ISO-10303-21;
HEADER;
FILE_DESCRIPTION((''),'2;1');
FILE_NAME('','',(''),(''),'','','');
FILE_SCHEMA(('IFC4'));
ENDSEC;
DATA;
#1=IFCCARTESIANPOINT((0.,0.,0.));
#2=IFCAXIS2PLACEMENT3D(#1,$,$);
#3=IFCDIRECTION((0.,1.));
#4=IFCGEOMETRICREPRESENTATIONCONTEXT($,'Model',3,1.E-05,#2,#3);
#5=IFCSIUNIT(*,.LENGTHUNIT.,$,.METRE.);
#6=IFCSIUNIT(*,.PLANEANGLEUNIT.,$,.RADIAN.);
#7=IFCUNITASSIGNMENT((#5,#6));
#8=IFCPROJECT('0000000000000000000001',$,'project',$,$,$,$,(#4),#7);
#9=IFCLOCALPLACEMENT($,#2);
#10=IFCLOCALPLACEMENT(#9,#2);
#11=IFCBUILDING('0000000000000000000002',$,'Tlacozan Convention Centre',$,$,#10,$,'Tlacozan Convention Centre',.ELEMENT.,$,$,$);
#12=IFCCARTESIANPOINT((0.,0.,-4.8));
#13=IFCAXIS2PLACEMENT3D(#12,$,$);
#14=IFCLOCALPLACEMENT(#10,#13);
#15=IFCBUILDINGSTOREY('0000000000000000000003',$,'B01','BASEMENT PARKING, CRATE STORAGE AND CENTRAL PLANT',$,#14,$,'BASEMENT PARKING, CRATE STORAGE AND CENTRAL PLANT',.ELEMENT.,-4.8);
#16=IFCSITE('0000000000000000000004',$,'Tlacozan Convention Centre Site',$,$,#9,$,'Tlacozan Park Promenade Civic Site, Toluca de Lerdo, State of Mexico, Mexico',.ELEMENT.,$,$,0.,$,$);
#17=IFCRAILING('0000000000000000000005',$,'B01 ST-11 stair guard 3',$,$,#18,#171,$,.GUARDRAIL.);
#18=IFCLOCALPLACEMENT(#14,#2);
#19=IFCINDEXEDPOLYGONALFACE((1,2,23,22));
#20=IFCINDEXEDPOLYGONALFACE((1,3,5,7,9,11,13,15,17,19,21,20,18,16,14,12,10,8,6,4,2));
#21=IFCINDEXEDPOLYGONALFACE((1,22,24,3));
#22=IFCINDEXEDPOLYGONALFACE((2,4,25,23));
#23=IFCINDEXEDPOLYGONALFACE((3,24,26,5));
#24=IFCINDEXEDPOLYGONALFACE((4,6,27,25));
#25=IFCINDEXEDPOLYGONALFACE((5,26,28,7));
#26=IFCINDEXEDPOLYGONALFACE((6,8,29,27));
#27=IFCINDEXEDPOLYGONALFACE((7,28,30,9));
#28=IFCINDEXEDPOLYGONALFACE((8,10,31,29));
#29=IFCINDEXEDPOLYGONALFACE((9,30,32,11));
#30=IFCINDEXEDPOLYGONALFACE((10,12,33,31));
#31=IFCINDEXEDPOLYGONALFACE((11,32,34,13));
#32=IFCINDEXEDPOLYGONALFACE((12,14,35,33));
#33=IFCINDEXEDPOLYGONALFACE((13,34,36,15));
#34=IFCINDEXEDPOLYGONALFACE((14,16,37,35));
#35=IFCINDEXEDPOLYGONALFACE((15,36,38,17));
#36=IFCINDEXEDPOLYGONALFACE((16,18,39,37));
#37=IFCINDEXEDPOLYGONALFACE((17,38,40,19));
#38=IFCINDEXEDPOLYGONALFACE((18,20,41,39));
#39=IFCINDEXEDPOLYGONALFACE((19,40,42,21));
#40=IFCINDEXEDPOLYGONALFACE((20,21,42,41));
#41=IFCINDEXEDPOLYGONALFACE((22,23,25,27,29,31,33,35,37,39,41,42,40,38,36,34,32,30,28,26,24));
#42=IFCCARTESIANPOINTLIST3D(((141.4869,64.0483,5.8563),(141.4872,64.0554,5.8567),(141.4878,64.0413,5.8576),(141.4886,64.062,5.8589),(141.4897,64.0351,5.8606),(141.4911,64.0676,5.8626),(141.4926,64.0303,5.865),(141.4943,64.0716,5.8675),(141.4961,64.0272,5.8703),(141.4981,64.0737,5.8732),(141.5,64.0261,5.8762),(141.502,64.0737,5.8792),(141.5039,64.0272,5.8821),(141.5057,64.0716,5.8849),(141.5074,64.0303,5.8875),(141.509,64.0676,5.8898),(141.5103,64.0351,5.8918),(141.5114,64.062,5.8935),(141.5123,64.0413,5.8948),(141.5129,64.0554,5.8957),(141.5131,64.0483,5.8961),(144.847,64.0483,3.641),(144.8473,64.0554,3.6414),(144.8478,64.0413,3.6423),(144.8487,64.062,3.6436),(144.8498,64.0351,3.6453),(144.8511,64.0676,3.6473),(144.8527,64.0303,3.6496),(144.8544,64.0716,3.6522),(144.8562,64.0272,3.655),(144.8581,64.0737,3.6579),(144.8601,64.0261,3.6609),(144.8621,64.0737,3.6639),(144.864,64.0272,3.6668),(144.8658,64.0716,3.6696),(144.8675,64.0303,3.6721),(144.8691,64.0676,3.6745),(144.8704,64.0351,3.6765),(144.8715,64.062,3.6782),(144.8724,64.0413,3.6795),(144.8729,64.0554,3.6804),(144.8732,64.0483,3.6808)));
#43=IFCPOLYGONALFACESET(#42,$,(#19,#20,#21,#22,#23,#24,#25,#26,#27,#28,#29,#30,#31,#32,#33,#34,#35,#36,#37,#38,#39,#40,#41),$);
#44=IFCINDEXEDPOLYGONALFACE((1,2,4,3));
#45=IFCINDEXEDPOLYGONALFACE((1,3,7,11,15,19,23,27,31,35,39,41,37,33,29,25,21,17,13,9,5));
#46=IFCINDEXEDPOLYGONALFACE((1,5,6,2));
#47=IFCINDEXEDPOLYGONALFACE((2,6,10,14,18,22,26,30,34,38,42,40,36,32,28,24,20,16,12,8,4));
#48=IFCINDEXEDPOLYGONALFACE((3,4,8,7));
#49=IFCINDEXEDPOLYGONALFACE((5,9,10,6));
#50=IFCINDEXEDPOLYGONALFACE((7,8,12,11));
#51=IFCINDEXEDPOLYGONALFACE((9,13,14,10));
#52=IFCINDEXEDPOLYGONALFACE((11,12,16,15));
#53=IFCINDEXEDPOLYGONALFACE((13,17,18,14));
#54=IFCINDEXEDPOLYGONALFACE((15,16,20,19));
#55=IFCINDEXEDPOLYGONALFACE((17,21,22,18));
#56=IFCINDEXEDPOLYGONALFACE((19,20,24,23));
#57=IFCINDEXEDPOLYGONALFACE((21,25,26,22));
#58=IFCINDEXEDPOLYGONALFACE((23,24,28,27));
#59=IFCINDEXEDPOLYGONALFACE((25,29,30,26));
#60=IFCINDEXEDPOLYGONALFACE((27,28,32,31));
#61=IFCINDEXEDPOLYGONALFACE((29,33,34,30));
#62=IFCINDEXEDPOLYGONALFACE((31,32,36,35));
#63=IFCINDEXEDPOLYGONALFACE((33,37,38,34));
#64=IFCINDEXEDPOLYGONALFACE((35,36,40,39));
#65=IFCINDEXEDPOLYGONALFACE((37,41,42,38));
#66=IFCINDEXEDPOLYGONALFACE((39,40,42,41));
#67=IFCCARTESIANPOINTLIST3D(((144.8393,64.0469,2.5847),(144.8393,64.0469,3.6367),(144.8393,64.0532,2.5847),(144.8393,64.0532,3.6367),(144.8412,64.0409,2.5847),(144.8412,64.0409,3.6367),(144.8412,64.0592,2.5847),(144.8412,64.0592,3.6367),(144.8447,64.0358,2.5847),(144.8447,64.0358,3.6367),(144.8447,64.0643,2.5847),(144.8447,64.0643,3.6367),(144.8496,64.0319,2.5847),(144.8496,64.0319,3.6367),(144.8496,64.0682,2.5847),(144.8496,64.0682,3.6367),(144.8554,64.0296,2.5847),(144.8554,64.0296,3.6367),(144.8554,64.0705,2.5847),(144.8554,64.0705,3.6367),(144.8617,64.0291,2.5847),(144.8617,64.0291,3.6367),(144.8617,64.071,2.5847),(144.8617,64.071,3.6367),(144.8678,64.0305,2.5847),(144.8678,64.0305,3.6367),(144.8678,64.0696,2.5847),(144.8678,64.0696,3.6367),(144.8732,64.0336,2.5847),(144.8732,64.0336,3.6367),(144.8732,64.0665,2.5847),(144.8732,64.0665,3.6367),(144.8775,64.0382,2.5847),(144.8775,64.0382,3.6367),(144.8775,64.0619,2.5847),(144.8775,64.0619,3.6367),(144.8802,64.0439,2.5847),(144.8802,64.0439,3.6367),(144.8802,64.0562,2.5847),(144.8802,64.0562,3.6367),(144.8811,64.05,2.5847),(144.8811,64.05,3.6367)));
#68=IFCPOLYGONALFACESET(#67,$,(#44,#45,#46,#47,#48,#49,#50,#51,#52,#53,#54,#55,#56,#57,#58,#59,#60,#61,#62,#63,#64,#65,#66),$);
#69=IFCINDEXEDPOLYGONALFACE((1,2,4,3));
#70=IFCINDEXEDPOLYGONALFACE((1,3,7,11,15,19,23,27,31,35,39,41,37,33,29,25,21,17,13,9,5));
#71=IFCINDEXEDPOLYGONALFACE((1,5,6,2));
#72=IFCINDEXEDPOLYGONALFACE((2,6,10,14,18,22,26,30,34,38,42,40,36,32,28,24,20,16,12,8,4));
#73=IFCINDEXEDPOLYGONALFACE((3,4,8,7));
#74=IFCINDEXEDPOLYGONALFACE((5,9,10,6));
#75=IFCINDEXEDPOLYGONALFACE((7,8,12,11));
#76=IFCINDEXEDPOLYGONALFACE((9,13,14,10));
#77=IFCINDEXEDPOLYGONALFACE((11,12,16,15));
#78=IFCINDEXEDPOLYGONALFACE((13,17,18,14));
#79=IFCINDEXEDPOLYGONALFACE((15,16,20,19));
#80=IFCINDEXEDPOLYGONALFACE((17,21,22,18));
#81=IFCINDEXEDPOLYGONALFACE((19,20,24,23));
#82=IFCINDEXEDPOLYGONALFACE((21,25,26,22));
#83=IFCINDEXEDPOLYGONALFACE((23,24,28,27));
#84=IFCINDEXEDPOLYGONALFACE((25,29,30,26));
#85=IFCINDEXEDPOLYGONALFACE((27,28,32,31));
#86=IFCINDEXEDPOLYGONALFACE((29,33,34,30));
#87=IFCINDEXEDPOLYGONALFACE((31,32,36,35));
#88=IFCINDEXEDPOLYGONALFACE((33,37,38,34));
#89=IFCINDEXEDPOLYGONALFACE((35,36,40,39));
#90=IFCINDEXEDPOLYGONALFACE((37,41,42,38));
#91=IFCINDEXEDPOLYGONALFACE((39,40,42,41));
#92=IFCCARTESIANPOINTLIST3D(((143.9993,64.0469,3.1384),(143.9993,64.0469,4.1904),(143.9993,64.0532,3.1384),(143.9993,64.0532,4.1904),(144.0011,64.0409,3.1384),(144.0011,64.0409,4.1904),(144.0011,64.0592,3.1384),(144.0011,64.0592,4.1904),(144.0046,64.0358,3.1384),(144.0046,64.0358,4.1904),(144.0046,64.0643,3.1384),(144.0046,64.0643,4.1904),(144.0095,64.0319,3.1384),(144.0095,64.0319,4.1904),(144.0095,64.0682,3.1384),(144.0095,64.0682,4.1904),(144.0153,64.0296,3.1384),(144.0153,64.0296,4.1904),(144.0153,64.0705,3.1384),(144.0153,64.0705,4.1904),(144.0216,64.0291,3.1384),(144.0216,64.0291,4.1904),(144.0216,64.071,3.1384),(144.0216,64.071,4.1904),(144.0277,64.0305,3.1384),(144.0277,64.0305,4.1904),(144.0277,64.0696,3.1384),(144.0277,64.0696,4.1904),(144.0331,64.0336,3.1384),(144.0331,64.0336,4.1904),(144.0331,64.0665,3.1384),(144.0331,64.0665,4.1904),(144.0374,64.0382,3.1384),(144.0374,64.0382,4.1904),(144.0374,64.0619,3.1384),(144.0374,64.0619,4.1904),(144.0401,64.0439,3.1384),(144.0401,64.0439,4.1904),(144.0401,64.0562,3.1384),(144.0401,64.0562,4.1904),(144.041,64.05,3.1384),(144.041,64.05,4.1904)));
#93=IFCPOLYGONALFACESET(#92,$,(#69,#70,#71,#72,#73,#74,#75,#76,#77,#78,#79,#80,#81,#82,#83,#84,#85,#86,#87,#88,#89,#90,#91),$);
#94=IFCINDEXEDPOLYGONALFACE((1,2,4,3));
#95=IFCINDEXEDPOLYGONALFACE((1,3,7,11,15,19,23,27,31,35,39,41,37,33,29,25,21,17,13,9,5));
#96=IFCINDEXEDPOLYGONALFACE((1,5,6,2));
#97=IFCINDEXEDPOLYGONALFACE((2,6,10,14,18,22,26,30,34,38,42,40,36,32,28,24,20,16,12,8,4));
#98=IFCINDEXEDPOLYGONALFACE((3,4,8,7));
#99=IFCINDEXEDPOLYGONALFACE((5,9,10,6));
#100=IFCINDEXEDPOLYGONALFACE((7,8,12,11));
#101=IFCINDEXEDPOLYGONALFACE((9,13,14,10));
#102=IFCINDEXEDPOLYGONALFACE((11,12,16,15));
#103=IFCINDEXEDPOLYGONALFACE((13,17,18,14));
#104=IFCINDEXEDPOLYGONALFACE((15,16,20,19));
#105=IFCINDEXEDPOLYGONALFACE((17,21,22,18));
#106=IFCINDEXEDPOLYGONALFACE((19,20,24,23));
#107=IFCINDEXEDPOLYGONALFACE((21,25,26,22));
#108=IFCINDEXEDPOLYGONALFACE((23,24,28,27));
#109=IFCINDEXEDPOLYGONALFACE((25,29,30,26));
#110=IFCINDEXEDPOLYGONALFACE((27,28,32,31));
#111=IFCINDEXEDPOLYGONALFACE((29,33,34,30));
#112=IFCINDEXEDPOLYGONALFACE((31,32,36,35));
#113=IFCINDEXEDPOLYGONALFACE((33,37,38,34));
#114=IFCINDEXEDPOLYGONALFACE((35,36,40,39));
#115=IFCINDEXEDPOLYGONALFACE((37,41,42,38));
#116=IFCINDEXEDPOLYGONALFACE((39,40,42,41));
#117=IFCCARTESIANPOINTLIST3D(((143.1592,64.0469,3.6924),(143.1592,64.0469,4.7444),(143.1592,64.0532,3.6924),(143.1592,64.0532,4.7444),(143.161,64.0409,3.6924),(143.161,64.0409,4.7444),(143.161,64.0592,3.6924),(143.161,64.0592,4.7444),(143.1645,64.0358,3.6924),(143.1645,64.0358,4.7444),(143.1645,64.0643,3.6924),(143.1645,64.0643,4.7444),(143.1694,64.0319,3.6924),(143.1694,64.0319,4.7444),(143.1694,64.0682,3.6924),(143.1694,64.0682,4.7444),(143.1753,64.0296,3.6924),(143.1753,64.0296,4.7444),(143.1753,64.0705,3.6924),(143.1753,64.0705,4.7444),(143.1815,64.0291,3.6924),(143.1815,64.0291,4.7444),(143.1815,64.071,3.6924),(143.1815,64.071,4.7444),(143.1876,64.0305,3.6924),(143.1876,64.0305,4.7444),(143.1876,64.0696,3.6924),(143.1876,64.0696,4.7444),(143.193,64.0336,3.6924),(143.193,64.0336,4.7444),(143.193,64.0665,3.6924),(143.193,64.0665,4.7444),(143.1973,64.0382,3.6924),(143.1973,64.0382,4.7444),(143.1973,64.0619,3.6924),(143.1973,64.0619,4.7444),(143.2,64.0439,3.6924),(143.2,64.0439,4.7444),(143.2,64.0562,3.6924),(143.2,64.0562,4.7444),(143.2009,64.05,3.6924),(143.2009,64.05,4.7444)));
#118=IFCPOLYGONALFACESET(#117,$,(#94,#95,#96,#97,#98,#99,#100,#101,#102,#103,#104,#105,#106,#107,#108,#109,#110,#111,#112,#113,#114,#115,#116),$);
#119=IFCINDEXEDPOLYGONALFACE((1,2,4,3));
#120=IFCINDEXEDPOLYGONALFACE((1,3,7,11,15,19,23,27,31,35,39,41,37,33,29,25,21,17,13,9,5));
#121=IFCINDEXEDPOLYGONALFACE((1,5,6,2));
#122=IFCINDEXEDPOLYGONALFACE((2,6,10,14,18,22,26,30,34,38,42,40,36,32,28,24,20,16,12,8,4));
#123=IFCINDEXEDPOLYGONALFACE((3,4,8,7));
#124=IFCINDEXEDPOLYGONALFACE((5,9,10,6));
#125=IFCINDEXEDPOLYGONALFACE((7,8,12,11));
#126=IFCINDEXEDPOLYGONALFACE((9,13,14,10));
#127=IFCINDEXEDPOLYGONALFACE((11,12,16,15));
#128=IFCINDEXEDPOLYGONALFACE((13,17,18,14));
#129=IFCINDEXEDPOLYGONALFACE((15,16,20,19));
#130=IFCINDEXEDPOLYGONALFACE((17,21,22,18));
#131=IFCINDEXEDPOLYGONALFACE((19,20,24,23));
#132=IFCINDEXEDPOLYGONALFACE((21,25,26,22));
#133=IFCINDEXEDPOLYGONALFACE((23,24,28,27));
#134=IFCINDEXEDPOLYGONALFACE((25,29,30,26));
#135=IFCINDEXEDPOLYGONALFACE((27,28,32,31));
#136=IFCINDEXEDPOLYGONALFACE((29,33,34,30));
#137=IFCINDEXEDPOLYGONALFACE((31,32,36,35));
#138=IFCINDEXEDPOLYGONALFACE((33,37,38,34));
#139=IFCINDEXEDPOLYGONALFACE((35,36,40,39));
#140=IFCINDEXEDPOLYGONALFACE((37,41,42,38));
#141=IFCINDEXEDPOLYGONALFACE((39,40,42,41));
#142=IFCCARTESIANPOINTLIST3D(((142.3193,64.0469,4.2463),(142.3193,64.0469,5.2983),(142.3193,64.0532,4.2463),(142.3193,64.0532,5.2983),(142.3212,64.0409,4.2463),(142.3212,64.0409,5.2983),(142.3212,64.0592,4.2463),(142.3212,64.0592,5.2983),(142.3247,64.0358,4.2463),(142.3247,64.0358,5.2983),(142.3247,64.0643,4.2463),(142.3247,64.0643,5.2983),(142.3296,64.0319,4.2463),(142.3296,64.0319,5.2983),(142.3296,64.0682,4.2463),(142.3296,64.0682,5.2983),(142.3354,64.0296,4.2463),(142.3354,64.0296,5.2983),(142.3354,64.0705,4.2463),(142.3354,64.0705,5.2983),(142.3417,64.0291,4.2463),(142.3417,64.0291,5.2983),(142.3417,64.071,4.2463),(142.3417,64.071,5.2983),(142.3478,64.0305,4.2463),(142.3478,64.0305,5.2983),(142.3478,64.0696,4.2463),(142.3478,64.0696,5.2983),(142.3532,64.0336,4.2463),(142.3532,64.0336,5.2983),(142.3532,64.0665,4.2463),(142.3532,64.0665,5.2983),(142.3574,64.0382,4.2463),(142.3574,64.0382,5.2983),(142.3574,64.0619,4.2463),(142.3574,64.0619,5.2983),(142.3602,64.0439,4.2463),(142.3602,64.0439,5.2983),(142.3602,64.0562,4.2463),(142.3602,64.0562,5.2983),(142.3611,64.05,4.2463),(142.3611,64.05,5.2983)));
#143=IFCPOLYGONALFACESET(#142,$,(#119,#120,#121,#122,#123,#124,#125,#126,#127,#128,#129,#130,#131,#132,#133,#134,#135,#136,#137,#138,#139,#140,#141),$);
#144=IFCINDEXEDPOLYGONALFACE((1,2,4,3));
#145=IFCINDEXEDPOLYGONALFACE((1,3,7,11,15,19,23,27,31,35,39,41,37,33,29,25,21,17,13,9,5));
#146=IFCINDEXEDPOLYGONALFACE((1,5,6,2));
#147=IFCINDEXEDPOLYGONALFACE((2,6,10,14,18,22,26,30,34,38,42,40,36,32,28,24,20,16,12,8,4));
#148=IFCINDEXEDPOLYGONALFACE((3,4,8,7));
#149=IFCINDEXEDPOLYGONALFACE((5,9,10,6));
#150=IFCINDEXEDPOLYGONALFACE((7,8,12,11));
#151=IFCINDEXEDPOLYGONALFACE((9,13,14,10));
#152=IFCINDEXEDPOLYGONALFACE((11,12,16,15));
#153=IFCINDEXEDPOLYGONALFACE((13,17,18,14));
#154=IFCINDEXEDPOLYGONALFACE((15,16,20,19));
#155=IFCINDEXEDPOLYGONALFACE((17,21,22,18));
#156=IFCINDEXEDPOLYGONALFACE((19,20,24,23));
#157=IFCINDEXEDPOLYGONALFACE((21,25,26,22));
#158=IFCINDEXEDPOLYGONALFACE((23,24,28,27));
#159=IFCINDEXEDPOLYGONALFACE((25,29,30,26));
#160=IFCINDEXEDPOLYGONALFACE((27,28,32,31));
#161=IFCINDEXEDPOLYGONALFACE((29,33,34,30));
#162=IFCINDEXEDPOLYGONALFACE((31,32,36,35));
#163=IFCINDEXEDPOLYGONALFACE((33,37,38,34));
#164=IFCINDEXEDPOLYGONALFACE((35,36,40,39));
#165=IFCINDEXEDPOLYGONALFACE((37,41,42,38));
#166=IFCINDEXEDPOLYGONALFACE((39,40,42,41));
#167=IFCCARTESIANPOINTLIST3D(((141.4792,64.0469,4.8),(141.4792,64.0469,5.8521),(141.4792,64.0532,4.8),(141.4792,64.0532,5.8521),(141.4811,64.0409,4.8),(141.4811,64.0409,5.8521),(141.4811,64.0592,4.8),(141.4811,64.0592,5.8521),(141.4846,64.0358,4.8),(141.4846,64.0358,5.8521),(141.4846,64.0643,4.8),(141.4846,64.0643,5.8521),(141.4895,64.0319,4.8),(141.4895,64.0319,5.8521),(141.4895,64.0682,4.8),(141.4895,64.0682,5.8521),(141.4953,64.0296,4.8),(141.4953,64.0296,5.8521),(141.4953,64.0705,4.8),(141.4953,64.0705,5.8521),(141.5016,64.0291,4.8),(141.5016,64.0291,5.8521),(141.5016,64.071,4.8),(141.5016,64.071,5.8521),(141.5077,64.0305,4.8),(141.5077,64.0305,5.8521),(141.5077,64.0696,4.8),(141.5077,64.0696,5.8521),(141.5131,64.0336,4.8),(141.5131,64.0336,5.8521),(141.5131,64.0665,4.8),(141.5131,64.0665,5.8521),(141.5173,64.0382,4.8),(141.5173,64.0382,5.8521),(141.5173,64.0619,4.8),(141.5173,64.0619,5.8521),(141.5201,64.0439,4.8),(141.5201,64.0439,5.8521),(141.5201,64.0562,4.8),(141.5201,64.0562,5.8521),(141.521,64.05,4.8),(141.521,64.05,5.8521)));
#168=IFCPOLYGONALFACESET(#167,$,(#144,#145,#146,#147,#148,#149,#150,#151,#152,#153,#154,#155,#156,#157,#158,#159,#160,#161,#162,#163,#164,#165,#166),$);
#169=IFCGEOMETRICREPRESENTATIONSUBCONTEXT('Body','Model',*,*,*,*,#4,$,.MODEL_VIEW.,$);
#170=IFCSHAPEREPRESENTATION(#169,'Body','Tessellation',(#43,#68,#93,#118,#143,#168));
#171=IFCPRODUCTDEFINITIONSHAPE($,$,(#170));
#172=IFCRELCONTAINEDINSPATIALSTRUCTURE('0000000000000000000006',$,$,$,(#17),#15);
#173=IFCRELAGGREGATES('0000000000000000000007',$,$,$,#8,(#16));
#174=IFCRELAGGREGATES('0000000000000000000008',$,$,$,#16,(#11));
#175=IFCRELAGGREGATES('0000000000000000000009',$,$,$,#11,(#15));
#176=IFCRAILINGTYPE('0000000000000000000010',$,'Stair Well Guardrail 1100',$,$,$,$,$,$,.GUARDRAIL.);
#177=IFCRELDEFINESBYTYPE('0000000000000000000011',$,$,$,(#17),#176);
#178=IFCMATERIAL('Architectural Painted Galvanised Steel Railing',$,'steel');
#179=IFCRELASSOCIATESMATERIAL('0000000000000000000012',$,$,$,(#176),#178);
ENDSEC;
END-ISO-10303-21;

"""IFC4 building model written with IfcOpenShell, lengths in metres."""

from ifc_helpers import new_model, si_unit, direction, frame, origin, origin_2d, place, context, subcontext, project, spatial, circle, extrude, material, type_object, element, save


model = new_model("IFC4")

# Units and contexts
model_context = context("Model", 3, precision=1e-05, world=origin(), true_north=direction((0.0, 1.0)))
body_context = subcontext(model_context, "Body", "Model", "MODEL_VIEW")
ifc_project = project(units=[si_unit("LENGTHUNIT", "METRE"), si_unit("PLANEANGLEUNIT", "RADIAN")], contexts=[model_context])

# Site, building, storey
site_placement = place(None, origin())
site = spatial("IfcSite", under=ifc_project, at=site_placement, Name="Tlacozan Convention Centre Site", LongName="Tlacozan Park Promenade Civic Site, Toluca de Lerdo, State of Mexico, Mexico", CompositionType="ELEMENT", RefElevation=0.0)
building_placement = place(site_placement, origin())
building = spatial("IfcBuilding", under=site, at=building_placement, Name="Tlacozan Convention Centre", LongName="Tlacozan Convention Centre", CompositionType="ELEMENT")
storey_placement = place(building_placement, frame((0.0, 0.0, -4.8)))
storey = spatial("IfcBuildingStorey", under=building, at=storey_placement, Name="B01", Description="BASEMENT PARKING, CRATE STORAGE AND CENTRAL PLANT", LongName="BASEMENT PARKING, CRATE STORAGE AND CENTRAL PLANT", CompositionType="ELEMENT", Elevation=-4.8)

# Railing
ifc_material_1 = material(Name="Architectural Painted Galvanised Steel Railing", Category="steel")
railing_type_1 = type_object("IfcRailingType", Name="Stair Well Guardrail 1100", PredefinedType="GUARDRAIL", material=ifc_material_1)
railing_1_placement = place(storey_placement, frame((144.8601, 64.05, 2.5847)))
element("IfcRailing", 1, at=railing_1_placement, inside=storey, type_object=railing_type_1, Name="B01 ST-11 stair guard 3", PredefinedType="GUARDRAIL", context=body_context, shape_type="SweptSolid", body=[
    extrude(circle(Radius=0.0239, at=origin_2d()), frame((0.0, 0.0, 1.0762), z_axis=(-0.834876, 0.0, 0.550437), x_axis=(0.0, -1.0, 0.0)), (0.0, 0.0, 1.0), 4.0247),
    extrude(circle(Radius=0.021, at=origin_2d()), origin(), (0.0, 0.0, 1.0), 1.052),
    extrude(circle(Radius=0.021, at=origin_2d()), frame((-0.8401, 0.0, 0.5537)), (0.0, 0.0, 1.0), 1.052),
    extrude(circle(Radius=0.021, at=origin_2d()), frame((-1.6802, 0.0, 1.1077)), (0.0, 0.0, 1.0), 1.052),
    extrude(circle(Radius=0.021, at=origin_2d()), frame((-2.52, 0.0, 1.6616)), (0.0, 0.0, 1.0), 1.052),
    extrude(circle(Radius=0.021, at=origin_2d()), frame((-3.3601, 0.0, 2.2153)), (0.0, 0.0, 1.0), 1.052),
])

save(model, "model.ifc")
